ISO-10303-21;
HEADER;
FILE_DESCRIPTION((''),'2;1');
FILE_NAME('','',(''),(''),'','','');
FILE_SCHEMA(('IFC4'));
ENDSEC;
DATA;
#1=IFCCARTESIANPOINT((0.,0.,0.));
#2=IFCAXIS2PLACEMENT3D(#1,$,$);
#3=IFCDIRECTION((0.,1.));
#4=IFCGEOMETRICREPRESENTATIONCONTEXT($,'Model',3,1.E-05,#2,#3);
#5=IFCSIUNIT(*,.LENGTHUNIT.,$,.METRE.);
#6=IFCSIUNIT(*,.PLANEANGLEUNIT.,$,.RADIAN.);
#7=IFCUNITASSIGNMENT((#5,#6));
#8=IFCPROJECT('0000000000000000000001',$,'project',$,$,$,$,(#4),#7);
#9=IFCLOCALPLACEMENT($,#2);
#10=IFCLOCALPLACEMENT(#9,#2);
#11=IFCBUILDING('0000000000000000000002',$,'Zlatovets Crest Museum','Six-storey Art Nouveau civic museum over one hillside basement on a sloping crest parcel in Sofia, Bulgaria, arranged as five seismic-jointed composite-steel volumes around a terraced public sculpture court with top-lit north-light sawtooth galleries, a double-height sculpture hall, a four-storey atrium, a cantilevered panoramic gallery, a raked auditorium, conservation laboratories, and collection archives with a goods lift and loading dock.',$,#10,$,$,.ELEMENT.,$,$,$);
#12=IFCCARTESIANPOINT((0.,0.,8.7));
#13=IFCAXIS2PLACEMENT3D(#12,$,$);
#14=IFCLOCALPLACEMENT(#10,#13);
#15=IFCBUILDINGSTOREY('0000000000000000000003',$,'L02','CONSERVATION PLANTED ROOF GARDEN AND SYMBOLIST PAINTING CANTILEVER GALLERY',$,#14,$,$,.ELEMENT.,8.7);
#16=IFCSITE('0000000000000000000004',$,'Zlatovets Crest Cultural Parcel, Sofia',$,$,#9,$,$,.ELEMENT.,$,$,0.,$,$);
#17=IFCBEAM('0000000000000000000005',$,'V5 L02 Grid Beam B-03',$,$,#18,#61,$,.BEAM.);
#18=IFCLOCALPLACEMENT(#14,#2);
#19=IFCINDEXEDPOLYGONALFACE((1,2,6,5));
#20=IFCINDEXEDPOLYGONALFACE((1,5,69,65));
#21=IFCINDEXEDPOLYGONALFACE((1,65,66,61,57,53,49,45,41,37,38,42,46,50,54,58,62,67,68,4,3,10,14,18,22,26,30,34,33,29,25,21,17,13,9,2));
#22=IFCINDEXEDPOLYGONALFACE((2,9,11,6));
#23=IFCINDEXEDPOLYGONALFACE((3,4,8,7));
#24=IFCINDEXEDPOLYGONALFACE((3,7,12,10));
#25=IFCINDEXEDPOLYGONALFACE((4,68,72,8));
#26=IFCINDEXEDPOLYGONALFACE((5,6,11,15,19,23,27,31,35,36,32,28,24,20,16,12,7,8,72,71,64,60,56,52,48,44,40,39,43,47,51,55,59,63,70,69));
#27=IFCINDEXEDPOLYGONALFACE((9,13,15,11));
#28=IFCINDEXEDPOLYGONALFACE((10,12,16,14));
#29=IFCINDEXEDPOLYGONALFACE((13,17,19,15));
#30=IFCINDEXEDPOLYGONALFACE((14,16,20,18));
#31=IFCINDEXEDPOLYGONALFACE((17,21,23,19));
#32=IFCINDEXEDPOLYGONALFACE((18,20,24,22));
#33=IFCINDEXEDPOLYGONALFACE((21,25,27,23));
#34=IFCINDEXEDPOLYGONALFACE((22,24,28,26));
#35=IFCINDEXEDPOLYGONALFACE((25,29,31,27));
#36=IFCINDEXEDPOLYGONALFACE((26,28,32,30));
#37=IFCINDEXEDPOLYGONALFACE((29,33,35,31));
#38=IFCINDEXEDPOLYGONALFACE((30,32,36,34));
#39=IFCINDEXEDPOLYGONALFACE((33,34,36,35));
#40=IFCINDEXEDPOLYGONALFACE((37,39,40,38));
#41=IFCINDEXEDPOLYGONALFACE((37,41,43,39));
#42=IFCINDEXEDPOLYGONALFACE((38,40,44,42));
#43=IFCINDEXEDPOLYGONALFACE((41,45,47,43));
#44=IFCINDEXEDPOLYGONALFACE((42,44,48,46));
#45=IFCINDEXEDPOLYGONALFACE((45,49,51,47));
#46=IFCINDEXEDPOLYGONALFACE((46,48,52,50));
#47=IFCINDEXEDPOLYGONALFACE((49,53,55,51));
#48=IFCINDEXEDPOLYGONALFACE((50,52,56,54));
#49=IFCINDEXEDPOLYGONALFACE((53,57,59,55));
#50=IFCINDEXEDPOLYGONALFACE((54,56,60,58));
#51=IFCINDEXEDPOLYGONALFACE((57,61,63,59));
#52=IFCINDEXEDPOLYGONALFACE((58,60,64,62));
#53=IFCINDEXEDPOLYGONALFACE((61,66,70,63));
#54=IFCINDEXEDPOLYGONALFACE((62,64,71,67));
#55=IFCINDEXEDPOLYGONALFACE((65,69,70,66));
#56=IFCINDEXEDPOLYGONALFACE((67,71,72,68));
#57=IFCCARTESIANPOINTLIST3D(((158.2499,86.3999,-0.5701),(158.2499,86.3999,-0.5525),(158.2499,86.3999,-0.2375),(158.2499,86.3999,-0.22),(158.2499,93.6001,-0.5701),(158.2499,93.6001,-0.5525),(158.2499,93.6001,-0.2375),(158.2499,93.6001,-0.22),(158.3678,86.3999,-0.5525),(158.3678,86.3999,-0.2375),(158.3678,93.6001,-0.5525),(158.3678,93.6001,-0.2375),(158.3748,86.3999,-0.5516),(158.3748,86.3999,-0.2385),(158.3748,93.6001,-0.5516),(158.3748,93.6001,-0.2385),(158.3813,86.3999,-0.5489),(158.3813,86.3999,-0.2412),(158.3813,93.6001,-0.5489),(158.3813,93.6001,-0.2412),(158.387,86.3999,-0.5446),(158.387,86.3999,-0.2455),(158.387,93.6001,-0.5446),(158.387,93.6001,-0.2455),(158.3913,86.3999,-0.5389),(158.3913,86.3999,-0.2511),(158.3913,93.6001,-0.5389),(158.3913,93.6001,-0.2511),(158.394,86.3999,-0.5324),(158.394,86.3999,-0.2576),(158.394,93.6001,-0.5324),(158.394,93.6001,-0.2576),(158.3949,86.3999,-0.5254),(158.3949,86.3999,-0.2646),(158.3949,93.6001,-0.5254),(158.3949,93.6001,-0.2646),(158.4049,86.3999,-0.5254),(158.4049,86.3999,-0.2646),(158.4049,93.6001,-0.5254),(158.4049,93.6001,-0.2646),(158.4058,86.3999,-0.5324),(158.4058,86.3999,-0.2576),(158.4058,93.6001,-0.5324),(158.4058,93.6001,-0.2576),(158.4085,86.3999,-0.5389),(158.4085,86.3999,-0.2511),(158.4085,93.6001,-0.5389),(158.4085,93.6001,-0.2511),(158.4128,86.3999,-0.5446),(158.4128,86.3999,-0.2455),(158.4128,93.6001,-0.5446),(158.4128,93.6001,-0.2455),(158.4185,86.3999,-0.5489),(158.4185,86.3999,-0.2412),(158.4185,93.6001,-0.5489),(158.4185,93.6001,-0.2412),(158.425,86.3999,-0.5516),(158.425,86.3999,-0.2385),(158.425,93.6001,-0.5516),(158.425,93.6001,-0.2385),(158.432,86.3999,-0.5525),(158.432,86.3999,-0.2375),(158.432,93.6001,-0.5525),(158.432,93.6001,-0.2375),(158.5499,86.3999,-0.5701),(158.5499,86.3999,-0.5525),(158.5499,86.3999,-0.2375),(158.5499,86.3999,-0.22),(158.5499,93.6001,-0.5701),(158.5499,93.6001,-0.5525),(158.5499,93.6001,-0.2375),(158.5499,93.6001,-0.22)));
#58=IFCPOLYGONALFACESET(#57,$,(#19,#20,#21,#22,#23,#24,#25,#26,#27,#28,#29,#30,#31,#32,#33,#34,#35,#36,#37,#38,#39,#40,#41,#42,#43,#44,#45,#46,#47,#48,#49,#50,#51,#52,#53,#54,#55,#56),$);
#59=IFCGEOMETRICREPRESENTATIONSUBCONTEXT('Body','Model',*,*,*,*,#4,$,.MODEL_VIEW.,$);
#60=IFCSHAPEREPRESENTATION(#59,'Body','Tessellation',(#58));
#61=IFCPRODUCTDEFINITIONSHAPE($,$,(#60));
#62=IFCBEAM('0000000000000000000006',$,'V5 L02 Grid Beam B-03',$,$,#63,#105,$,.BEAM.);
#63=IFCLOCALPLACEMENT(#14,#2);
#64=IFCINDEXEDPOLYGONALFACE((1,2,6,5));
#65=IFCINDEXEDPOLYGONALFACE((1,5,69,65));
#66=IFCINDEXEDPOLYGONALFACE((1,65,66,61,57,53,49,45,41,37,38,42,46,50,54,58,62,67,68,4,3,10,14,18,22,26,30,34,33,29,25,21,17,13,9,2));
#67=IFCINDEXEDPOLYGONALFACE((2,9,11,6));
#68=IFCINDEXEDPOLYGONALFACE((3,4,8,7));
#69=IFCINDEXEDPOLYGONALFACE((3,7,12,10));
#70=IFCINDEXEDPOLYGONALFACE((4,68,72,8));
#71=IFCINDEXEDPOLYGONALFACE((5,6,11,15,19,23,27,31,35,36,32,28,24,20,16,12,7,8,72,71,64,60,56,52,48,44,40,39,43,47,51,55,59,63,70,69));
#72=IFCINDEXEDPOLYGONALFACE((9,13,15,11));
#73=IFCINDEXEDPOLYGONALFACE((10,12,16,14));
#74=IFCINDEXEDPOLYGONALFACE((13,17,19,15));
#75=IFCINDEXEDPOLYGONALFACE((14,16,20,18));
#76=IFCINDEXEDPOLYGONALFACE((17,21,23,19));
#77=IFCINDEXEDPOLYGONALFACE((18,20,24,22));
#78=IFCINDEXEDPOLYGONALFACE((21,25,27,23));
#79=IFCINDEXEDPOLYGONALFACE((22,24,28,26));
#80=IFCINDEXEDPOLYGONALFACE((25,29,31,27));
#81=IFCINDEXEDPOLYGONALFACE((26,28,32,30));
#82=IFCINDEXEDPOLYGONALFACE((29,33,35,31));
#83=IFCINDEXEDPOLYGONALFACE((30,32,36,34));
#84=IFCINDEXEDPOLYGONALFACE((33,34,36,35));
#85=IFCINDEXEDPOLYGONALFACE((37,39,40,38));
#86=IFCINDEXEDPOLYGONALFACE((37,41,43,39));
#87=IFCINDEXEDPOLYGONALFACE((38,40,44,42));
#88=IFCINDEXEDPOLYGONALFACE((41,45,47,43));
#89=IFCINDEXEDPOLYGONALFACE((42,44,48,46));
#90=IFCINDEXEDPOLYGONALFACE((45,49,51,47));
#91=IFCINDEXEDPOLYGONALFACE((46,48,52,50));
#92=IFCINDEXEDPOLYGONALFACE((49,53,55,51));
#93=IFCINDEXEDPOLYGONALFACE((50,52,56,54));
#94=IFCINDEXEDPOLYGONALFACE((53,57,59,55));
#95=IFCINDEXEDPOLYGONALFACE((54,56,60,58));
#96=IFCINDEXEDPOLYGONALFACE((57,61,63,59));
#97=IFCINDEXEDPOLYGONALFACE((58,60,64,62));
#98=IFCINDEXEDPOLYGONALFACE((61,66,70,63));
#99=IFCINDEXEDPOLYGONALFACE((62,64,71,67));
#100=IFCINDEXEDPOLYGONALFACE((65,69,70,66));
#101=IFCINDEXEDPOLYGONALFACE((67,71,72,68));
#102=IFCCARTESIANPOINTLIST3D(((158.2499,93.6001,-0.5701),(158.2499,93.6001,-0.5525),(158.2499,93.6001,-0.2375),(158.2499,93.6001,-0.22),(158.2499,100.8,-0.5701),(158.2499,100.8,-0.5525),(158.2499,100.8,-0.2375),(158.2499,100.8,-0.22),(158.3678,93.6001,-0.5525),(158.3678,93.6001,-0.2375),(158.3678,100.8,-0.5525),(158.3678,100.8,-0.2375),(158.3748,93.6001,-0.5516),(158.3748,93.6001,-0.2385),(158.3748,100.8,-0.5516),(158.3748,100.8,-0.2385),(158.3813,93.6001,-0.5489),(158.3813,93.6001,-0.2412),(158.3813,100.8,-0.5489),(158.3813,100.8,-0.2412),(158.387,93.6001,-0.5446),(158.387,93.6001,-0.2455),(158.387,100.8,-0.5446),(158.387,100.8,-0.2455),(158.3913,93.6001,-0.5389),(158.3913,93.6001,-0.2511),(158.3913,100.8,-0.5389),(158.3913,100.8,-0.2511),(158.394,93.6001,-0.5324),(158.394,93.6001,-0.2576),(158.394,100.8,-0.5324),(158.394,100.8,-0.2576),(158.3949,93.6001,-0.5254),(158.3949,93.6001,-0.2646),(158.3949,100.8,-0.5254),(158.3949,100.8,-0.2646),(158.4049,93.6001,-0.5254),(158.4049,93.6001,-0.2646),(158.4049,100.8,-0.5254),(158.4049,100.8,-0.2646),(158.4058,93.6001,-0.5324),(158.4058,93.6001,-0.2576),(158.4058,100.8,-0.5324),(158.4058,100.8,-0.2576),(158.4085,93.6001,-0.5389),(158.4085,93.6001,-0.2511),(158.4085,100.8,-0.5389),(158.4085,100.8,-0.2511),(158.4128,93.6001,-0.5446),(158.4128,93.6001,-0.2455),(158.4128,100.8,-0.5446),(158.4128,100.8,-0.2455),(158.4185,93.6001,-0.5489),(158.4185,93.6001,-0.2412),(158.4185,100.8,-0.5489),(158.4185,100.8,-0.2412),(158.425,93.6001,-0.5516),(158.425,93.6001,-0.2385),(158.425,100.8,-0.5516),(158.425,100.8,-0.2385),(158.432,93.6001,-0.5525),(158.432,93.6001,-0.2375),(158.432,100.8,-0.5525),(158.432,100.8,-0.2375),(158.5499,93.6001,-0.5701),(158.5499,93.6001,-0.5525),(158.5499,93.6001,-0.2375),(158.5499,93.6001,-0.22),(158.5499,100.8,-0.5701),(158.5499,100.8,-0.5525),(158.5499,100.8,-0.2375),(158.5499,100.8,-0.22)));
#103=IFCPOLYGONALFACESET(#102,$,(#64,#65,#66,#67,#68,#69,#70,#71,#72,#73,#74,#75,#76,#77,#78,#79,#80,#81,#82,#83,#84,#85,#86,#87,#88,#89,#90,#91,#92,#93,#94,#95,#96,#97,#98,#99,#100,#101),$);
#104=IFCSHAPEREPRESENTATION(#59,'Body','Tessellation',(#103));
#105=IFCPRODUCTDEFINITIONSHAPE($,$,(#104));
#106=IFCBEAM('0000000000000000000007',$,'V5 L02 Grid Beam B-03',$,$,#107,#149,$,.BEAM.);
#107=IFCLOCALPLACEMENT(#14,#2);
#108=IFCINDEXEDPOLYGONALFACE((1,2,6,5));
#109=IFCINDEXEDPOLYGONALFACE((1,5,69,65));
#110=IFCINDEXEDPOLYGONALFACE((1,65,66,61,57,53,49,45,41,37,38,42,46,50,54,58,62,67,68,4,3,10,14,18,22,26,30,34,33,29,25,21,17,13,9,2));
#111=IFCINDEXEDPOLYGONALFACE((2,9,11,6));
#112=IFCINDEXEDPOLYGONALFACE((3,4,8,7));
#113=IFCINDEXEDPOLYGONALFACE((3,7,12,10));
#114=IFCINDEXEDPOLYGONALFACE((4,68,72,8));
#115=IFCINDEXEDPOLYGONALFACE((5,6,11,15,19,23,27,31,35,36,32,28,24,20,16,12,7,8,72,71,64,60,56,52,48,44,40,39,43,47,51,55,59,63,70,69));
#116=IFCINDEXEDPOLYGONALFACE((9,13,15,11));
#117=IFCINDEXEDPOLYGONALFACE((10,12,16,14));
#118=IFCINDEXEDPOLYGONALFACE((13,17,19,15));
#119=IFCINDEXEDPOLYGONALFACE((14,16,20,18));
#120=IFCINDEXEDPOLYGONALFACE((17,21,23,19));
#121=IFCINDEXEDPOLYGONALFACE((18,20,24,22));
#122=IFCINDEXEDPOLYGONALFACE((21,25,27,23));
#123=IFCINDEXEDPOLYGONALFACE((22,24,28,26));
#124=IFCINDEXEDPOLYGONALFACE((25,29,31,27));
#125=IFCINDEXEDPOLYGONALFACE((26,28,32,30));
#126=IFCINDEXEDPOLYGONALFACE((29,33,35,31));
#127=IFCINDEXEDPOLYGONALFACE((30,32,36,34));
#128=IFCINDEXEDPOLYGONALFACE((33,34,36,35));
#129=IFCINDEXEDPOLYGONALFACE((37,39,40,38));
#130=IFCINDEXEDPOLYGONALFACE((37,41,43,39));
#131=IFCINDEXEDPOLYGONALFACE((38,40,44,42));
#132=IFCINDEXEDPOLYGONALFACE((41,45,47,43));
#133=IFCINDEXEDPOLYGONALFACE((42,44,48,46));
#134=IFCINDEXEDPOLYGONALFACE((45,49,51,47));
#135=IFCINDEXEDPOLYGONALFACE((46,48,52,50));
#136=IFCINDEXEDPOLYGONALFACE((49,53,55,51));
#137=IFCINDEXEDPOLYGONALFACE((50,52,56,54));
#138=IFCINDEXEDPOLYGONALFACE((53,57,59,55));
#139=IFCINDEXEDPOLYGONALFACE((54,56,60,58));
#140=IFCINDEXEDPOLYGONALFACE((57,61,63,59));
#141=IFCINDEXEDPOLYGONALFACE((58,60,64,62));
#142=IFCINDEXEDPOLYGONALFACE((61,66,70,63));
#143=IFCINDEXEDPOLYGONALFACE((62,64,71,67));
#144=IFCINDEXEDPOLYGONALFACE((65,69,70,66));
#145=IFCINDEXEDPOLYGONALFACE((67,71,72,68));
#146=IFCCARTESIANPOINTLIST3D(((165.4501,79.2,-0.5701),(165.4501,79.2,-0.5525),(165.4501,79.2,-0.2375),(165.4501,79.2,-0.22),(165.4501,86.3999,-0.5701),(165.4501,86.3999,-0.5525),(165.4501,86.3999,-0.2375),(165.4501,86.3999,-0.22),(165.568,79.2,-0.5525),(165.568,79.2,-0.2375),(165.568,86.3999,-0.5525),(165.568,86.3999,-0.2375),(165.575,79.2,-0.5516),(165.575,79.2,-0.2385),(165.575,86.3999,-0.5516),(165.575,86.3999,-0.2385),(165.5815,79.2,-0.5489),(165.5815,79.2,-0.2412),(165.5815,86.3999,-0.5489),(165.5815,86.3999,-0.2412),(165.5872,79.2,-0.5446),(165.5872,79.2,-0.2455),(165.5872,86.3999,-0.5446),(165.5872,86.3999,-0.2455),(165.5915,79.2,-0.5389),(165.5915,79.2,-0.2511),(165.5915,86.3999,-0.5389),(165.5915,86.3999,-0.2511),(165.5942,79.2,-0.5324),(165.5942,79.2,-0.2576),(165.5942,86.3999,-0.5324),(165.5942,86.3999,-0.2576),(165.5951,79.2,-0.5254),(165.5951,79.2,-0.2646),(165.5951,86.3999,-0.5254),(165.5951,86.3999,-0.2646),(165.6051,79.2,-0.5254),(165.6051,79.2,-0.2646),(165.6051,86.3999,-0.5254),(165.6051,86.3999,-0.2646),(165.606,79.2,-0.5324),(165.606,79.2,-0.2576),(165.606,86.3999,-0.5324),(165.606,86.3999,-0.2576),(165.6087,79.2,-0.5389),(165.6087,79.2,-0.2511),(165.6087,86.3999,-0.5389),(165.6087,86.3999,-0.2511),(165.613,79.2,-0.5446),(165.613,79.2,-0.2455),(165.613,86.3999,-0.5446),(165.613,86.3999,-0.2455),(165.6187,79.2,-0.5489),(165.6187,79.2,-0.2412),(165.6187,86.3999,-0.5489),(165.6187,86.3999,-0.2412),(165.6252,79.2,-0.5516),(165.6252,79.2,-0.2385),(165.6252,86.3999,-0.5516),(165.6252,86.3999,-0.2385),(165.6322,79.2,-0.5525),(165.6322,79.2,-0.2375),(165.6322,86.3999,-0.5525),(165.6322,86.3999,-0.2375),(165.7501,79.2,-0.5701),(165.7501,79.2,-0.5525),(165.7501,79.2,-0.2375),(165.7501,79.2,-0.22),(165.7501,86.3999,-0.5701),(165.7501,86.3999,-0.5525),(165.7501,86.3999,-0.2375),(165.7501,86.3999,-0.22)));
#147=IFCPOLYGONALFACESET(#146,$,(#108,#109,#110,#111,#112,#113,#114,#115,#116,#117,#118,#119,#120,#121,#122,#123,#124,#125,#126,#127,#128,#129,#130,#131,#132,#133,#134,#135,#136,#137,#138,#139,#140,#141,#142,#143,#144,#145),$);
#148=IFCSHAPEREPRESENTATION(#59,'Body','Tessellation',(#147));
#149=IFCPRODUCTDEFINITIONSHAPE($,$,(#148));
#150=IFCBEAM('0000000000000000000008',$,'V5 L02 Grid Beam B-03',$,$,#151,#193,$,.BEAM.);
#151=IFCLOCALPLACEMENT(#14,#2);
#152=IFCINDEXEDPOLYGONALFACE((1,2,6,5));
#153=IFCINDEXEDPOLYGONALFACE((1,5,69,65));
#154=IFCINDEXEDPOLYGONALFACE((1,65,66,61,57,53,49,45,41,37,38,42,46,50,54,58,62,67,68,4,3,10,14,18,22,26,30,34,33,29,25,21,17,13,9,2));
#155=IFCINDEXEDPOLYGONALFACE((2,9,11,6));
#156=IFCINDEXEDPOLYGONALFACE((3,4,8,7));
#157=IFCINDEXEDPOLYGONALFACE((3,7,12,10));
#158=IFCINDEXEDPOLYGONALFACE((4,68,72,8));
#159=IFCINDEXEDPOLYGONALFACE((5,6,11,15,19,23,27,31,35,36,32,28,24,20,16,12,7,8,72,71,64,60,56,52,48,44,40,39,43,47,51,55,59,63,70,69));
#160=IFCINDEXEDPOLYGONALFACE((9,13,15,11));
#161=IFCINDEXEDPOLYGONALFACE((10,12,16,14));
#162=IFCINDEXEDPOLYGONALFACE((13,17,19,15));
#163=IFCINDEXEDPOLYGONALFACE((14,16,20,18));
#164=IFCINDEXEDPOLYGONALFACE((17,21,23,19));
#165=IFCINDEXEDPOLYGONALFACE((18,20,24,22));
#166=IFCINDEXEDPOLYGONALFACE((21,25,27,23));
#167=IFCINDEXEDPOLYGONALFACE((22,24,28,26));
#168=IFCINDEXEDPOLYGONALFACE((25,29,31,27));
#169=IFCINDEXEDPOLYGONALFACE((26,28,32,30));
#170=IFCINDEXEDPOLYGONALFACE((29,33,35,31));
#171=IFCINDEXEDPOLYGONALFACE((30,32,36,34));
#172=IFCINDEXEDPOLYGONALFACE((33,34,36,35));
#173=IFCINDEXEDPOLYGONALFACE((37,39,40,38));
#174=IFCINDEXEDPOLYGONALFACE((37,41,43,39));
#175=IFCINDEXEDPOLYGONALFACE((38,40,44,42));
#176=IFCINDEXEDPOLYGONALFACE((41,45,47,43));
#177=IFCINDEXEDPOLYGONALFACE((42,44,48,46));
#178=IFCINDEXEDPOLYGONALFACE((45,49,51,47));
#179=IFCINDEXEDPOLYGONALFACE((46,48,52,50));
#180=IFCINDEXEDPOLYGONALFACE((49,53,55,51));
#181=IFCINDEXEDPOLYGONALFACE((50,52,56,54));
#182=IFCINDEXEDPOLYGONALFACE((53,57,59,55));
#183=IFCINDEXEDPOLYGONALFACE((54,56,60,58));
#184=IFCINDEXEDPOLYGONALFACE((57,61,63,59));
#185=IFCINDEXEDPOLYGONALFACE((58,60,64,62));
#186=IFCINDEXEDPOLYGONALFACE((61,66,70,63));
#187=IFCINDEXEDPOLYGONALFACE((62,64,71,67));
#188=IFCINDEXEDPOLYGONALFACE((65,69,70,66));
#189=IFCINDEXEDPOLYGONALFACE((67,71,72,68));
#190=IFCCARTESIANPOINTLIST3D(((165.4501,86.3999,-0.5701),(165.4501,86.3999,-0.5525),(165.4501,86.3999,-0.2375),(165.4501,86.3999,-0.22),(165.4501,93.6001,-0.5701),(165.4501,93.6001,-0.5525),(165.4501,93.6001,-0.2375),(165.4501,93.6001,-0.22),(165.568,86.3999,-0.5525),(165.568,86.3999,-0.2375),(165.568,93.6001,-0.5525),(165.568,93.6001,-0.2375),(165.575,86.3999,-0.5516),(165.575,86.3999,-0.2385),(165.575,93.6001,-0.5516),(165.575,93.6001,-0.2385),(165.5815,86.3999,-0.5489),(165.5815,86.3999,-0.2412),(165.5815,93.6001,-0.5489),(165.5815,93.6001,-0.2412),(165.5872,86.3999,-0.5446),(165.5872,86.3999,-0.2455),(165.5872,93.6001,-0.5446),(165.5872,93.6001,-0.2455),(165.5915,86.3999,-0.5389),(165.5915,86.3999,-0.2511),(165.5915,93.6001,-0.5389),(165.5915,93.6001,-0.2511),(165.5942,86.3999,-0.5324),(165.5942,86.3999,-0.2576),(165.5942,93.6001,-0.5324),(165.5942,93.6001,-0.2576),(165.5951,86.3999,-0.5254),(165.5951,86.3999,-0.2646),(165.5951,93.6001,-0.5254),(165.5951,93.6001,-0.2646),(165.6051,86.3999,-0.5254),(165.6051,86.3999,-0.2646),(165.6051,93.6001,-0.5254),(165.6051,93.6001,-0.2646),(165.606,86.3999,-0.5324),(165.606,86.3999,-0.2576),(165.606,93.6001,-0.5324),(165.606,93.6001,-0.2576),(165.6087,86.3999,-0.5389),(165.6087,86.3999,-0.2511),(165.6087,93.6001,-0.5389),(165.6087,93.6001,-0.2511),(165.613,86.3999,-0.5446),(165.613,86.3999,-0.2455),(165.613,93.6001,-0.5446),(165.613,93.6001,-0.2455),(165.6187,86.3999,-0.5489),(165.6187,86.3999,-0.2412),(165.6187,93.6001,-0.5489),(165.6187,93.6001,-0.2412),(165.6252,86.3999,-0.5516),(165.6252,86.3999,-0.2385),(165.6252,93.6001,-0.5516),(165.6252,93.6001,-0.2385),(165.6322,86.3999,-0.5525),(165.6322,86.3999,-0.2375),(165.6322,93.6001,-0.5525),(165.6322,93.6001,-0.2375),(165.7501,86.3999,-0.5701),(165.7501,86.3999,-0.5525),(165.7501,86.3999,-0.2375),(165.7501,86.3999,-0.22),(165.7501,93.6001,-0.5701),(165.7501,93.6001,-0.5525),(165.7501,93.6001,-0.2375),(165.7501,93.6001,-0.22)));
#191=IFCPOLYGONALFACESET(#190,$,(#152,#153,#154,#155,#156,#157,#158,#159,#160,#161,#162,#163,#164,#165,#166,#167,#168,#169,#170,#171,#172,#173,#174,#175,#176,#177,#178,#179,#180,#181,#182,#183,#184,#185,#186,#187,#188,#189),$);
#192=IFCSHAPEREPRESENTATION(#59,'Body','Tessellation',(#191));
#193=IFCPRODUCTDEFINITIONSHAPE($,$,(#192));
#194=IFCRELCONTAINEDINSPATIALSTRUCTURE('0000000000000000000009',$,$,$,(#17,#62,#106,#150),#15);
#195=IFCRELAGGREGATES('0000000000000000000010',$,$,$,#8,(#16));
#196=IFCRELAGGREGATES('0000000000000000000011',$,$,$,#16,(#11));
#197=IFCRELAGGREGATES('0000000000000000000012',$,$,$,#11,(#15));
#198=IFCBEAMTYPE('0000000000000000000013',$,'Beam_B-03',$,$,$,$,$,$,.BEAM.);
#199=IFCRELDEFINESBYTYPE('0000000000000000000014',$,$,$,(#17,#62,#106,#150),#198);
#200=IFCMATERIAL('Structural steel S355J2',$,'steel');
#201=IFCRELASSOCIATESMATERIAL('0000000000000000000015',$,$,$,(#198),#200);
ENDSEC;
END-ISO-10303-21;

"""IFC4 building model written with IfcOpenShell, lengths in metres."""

from ifc_helpers import new_model, si_unit, direction, frame, origin, origin_2d, place, context, subcontext, project, spatial, i_section, extrude, material, material_profile, profile_set, type_object, element, save


model = new_model("IFC4")

# Units and contexts
model_context = context("Model", 3, precision=1e-05, world=origin(), true_north=direction((0.0, 1.0)))
body_context = subcontext(model_context, "Body", "Model", "MODEL_VIEW")
ifc_project = project(units=[si_unit("LENGTHUNIT", "METRE"), si_unit("PLANEANGLEUNIT", "RADIAN")], contexts=[model_context])

# Site, building, storey
site_placement = place(None, origin())
site = spatial("IfcSite", under=ifc_project, at=site_placement, Name="Zlatovets Crest Cultural Parcel, Sofia", CompositionType="ELEMENT", RefElevation=0.0)
building_placement = place(site_placement, origin())
building = spatial("IfcBuilding", under=site, at=building_placement, Name="Zlatovets Crest Museum", Description="Six-storey Art Nouveau civic museum over one hillside basement on a sloping crest parcel in Sofia, Bulgaria, arranged as five seismic-jointed composite-steel volumes around a terraced public sculpture court with top-lit north-light sawtooth galleries, a double-height sculpture hall, a four-storey atrium, a cantilevered panoramic gallery, a raked auditorium, conservation laboratories, and collection archives with a goods lift and loading dock.", CompositionType="ELEMENT")
storey_placement = place(building_placement, frame((0.0, 0.0, 8.7)))
storey = spatial("IfcBuildingStorey", under=building, at=storey_placement, Name="L02", Description="CONSERVATION PLANTED ROOF GARDEN AND SYMBOLIST PAINTING CANTILEVER GALLERY", CompositionType="ELEMENT", Elevation=8.7)

# Shared definitions
ifc_material = material(Name="Structural steel S355J2", Category="steel")

# Beams
ifc_material_profile_1 = material_profile(ifc_material, i_section(OverallWidth=0.3, OverallDepth=0.3501, WebThickness=0.01, FlangeThickness=0.0176, FilletRadius=0.0271, at=origin_2d()), Name="HEA 360")
ifc_profile_set_1 = profile_set([ifc_material_profile_1], Name="Structural steel S355J2")
beam_type_1 = type_object("IfcBeamType", Name="Beam_B-03", PredefinedType="BEAM", material=ifc_profile_set_1)
beam_1_placement = place(storey_placement, frame((158.3999, 86.3999, -0.395), z_axis=(0.0, 1.0, 0.0), x_axis=(-1.0, 0.0, 0.0)))
element("IfcBeam", 1, at=beam_1_placement, inside=storey, type_object=beam_type_1, Name="V5 L02 Grid Beam B-03", PredefinedType="BEAM", context=body_context, shape_type="SweptSolid", body=[
    extrude(i_section(OverallWidth=0.3, OverallDepth=0.3501, WebThickness=0.01, FlangeThickness=0.0176, FilletRadius=0.0271, at=origin_2d()), origin(), (0.0, 0.0, 1.0), 7.2002),
])
for number, where, z_axis, x_axis, name in (
    (2, (158.3999, 93.6001, -0.395), (0.0, 1.0, 0.0), (-1.0, 0.0, 0.0), "V5 L02 Grid Beam B-03"),
    (3, (165.6001, 79.2, -0.395), (0.0, 1.0, 0.0), (-1.0, 0.0, 0.0), "V5 L02 Grid Beam B-03"),
):
    element("IfcBeam", number, at=place(storey_placement, frame(where, z_axis=z_axis, x_axis=x_axis)), inside=storey, type_object=beam_type_1, Name=name, PredefinedType="BEAM", context=body_context, shape_type="SweptSolid", body=[
        extrude(i_section(OverallWidth=0.3, OverallDepth=0.3501, WebThickness=0.01, FlangeThickness=0.0176, FilletRadius=0.0271, at=origin_2d()), origin(), (0.0, 0.0, 1.0), 7.2),
    ])
beam_2_placement = place(storey_placement, frame((165.6001, 86.3999, -0.395), z_axis=(0.0, 1.0, 0.0), x_axis=(-1.0, 0.0, 0.0)))
element("IfcBeam", 4, at=beam_2_placement, inside=storey, type_object=beam_type_1, Name="V5 L02 Grid Beam B-03", PredefinedType="BEAM", context=body_context, shape_type="SweptSolid", body=[
    extrude(i_section(OverallWidth=0.3, OverallDepth=0.3501, WebThickness=0.01, FlangeThickness=0.0176, FilletRadius=0.0271, at=origin_2d()), origin(), (0.0, 0.0, 1.0), 7.2002),
])

save(model, "model.ifc")
